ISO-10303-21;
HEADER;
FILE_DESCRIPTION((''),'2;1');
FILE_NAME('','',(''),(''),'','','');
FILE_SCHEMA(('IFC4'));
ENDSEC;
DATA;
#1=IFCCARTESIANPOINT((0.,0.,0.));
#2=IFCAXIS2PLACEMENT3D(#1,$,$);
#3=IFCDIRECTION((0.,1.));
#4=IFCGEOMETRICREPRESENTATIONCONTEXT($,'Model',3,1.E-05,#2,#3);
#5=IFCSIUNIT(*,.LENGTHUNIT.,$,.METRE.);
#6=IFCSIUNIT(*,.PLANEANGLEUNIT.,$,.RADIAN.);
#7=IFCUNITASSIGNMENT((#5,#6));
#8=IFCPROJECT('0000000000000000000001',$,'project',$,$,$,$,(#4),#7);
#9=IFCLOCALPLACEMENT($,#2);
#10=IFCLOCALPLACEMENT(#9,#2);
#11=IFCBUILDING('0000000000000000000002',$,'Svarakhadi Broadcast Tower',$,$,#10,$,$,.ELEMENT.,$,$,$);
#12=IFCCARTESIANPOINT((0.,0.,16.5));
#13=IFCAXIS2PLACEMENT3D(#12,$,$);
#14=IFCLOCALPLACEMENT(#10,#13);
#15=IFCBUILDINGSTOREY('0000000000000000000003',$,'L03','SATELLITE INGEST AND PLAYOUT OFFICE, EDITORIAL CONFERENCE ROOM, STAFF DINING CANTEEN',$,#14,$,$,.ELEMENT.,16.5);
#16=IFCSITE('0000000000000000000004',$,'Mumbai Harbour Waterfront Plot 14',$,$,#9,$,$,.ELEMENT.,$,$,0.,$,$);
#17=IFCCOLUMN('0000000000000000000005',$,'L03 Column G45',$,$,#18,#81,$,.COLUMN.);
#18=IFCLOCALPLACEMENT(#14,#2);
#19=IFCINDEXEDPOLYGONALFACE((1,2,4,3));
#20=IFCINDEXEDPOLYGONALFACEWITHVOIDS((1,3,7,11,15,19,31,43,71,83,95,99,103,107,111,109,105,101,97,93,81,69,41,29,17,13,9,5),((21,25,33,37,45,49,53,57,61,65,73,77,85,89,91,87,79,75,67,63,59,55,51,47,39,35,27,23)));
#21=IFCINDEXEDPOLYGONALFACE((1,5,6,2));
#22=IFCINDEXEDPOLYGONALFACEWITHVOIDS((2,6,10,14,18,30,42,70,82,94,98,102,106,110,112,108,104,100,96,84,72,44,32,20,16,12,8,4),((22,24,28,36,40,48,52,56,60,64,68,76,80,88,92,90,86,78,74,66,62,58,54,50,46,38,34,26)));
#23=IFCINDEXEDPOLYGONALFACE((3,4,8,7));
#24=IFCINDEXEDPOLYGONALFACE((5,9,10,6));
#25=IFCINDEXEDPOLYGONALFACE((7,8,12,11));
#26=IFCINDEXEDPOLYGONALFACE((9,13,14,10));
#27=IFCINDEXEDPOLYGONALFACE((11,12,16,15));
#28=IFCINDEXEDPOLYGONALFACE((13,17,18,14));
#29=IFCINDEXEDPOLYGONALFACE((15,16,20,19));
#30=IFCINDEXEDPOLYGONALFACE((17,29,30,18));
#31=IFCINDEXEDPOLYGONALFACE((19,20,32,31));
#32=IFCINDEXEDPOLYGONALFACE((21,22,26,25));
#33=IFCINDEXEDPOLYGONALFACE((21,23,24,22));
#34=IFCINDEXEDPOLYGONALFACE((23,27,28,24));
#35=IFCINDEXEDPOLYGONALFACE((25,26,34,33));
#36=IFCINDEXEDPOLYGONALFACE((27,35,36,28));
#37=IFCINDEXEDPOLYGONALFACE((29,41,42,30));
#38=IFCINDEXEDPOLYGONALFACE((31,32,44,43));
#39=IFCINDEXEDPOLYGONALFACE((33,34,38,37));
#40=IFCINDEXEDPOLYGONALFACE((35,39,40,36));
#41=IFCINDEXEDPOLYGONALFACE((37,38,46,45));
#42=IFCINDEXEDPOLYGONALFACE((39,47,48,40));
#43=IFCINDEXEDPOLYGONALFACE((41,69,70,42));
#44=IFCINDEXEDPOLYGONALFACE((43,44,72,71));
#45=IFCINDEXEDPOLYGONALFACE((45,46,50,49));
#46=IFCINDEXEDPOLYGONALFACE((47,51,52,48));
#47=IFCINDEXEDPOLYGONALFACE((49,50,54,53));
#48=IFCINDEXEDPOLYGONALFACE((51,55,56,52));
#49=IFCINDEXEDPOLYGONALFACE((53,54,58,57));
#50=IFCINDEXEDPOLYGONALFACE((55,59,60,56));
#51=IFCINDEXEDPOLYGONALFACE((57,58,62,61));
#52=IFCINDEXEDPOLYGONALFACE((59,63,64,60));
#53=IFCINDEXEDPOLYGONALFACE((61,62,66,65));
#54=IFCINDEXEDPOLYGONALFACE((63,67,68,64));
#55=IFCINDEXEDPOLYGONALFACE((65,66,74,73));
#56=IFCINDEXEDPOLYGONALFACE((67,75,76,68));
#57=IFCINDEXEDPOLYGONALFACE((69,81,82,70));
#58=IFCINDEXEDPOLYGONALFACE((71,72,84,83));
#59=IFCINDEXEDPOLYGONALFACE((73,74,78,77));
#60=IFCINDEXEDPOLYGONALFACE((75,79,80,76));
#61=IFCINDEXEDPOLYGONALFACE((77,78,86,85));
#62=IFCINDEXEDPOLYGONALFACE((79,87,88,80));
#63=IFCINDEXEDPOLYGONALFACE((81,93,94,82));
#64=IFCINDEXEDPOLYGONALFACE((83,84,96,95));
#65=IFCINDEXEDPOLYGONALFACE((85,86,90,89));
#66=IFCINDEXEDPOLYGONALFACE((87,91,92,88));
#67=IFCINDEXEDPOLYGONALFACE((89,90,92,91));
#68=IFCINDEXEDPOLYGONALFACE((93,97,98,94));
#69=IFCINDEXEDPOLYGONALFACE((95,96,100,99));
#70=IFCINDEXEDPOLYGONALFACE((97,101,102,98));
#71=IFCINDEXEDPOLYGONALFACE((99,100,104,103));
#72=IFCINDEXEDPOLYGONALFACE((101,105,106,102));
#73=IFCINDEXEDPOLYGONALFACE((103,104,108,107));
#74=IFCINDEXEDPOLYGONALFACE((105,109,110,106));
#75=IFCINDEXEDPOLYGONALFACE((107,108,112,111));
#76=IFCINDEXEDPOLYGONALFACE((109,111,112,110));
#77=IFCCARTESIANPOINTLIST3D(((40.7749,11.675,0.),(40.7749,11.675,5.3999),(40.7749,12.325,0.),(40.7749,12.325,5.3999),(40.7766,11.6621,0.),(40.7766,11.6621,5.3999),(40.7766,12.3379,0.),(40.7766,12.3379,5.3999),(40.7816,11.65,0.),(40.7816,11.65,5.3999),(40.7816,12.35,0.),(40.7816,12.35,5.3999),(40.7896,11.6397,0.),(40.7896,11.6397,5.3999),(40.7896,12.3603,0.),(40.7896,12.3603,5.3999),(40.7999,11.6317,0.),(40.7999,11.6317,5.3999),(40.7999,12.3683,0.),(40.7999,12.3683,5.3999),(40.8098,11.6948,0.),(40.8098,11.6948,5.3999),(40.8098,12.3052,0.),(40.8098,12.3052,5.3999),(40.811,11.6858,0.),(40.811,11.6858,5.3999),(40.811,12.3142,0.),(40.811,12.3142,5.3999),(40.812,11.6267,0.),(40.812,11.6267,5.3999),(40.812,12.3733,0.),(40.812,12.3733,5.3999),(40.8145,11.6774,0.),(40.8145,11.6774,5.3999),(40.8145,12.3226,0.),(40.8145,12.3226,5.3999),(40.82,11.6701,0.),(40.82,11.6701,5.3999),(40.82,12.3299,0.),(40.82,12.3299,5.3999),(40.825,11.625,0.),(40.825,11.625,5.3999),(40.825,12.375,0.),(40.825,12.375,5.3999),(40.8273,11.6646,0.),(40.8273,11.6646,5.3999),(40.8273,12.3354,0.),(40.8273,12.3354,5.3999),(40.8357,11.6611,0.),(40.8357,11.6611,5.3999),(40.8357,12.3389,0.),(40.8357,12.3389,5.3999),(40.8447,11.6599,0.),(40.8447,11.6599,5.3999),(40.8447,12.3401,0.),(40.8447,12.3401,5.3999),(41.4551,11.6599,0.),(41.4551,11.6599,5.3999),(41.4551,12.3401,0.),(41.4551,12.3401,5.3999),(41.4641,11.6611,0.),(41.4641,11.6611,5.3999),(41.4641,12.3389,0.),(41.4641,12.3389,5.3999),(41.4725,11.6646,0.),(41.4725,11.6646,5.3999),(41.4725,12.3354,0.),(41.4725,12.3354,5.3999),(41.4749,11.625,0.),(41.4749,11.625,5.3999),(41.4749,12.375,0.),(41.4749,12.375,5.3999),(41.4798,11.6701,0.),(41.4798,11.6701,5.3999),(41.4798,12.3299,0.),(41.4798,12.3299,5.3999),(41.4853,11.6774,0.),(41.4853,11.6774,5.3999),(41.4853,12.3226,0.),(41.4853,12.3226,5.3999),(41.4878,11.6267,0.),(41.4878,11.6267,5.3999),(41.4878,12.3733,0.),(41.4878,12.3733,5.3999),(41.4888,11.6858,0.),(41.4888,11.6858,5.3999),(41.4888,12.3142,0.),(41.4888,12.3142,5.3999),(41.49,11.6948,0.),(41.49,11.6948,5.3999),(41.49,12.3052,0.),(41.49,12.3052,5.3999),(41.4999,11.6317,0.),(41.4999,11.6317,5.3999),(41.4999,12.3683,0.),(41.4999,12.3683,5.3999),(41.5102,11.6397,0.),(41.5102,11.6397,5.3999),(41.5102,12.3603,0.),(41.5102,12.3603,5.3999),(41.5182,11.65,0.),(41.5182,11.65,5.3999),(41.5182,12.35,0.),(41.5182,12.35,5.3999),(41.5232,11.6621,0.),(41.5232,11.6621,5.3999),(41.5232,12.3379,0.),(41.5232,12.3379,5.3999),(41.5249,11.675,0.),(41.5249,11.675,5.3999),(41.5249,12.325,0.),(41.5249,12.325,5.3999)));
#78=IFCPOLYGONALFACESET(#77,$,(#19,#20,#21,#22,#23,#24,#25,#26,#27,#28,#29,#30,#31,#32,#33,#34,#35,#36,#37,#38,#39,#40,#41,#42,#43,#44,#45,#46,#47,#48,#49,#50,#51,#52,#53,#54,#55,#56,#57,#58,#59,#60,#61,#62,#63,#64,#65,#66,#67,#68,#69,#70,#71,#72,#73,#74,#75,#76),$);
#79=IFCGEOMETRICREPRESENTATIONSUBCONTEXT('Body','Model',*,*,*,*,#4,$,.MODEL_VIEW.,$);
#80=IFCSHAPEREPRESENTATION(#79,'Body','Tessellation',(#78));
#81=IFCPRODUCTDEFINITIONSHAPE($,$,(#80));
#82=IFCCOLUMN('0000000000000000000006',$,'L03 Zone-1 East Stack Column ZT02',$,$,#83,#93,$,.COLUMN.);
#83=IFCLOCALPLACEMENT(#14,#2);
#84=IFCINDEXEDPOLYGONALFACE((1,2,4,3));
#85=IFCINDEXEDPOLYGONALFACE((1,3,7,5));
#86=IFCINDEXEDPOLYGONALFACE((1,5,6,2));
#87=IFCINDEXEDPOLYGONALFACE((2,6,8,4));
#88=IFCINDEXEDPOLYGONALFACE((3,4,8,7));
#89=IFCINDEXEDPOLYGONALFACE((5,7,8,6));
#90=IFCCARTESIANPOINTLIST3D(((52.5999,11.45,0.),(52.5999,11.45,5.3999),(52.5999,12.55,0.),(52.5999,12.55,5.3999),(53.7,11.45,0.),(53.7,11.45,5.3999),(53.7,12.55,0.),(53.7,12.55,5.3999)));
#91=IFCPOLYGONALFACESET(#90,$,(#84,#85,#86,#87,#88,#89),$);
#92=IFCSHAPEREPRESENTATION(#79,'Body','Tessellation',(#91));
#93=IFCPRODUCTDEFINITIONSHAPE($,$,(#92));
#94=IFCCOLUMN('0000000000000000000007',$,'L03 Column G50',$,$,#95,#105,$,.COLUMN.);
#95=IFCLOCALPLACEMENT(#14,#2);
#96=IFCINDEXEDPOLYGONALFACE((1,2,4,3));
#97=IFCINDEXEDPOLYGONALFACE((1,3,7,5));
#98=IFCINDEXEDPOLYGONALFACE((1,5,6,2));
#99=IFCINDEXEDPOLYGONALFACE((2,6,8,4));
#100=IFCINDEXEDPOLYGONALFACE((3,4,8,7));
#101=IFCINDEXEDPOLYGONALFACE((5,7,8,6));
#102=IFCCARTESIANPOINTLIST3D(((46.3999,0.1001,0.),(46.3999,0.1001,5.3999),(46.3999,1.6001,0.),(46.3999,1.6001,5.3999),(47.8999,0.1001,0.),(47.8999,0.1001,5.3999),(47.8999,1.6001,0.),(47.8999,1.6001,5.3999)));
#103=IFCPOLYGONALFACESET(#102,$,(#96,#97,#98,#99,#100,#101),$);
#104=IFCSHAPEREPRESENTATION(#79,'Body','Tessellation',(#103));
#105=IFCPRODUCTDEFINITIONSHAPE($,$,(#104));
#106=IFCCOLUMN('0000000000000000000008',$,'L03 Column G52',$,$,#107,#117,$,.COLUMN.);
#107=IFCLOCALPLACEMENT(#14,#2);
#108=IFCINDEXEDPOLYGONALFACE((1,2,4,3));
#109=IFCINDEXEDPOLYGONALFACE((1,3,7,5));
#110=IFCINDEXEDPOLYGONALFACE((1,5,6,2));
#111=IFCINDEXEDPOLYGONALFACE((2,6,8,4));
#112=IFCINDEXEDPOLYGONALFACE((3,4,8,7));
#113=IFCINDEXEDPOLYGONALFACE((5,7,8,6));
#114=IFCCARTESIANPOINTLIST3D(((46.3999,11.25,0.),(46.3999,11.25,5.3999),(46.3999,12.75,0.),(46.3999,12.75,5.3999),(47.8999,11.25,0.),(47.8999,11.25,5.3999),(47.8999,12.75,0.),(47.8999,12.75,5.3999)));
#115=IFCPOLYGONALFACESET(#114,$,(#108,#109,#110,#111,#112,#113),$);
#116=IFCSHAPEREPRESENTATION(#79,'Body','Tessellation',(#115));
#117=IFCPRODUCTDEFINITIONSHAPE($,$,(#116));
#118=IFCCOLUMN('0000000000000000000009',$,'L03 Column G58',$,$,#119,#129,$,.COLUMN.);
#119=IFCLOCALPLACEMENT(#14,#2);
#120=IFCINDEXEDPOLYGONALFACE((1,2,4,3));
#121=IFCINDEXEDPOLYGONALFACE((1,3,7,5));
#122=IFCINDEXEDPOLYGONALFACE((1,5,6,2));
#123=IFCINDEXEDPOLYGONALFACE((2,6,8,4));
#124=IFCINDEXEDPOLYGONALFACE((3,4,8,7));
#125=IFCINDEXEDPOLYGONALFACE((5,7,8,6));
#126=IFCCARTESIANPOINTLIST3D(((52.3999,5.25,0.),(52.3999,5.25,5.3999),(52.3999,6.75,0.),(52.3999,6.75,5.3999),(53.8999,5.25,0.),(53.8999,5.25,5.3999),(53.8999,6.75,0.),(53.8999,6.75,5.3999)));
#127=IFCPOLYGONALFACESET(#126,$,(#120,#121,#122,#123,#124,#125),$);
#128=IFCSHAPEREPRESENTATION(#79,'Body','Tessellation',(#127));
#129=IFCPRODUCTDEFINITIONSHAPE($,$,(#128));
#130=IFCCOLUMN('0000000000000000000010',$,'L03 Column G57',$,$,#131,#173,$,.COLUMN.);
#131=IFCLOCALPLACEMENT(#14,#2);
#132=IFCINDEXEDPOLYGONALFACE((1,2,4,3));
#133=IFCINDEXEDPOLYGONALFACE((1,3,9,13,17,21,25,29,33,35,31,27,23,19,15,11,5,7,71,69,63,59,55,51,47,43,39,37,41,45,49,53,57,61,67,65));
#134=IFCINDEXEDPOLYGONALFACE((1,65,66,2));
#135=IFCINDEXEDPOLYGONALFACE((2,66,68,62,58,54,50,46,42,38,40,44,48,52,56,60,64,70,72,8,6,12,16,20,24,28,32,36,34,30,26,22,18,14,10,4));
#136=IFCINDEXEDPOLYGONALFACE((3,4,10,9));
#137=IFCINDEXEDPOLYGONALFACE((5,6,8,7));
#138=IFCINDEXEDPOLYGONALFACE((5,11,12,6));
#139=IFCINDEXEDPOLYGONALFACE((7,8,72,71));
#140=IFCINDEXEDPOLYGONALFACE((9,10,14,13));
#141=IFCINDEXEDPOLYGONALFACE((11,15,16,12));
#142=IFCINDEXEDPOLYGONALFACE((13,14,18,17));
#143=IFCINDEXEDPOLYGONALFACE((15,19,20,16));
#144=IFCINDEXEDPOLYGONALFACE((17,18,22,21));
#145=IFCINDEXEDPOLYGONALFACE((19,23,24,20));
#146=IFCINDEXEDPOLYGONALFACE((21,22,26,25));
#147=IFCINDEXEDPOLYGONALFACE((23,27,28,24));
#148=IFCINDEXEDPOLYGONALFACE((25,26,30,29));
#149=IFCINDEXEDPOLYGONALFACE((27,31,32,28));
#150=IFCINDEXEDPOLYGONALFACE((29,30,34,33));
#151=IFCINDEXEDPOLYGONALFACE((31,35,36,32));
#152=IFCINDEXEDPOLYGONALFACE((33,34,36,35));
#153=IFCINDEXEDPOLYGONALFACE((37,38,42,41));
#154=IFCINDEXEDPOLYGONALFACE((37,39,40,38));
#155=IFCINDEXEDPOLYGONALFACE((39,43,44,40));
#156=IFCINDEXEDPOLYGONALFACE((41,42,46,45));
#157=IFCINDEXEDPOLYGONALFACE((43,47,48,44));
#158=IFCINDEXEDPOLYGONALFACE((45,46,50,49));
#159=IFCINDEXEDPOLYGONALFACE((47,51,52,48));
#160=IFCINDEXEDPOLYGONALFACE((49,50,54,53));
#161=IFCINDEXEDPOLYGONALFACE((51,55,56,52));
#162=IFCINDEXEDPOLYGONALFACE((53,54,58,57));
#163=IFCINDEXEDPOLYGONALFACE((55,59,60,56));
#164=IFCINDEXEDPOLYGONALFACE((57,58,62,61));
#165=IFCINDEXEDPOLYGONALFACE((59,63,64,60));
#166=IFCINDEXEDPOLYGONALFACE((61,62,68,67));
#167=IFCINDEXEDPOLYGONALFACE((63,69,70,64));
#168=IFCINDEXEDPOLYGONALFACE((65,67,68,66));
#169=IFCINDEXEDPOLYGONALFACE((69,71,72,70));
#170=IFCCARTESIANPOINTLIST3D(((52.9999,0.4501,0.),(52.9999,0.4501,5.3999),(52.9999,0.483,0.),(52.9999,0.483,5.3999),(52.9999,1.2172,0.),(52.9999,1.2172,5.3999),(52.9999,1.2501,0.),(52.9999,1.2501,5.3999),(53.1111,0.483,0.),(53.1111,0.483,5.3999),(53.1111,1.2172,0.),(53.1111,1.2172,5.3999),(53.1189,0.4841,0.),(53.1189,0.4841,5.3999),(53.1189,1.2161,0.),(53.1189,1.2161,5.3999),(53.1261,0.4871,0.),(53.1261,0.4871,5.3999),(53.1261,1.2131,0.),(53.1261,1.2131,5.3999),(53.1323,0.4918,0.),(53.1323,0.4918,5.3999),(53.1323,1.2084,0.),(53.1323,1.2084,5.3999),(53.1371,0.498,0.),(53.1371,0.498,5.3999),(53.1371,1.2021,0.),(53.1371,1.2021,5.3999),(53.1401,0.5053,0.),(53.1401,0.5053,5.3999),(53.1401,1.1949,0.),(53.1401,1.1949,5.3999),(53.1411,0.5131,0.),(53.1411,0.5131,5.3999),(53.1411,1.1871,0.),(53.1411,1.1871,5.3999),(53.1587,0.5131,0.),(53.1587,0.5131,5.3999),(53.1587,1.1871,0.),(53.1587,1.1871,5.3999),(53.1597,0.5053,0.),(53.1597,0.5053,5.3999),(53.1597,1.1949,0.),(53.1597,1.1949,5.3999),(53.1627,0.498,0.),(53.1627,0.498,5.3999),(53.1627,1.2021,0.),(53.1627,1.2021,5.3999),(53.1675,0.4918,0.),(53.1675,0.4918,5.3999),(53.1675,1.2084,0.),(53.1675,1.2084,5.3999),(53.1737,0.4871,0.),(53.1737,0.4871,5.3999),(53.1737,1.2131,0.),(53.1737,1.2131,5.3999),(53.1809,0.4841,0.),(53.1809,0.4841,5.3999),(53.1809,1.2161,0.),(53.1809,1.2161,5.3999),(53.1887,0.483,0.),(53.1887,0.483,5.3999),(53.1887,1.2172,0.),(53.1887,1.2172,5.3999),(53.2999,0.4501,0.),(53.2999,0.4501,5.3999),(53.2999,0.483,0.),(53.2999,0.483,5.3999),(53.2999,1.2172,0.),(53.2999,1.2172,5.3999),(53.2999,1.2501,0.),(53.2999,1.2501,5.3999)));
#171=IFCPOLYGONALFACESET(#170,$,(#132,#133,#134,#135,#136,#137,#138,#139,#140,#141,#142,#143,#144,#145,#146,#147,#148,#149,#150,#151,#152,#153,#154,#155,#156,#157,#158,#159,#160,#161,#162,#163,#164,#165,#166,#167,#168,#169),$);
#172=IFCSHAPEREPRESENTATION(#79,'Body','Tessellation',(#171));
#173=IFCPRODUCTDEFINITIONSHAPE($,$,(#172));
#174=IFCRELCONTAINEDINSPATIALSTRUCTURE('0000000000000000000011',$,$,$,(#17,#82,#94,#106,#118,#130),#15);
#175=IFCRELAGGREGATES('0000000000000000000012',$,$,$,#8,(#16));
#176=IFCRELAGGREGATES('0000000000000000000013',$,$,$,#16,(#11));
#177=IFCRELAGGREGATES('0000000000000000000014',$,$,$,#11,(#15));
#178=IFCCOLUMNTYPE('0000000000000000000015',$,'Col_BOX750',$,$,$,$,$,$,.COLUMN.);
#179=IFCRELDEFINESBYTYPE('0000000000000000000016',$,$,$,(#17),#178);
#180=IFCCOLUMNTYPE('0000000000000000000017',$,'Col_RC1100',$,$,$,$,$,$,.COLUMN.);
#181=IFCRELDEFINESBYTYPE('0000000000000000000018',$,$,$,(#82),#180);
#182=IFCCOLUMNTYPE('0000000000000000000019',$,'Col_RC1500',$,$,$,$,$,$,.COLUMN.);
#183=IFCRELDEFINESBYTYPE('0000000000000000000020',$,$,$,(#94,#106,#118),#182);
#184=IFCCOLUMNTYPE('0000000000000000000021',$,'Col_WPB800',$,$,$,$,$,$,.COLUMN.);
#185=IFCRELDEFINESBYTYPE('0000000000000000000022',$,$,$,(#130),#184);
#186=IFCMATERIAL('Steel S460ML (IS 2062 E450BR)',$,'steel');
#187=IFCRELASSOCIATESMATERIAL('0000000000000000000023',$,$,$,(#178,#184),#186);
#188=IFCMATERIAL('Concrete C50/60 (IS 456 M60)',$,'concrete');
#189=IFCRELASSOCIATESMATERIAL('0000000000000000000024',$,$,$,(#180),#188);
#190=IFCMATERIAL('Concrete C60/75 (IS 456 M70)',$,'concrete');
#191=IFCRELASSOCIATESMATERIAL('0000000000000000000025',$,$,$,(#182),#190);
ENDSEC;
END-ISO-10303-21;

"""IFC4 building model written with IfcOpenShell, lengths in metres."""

from ifc_helpers import new_model, si_unit, direction, frame, origin, origin_2d, place, context, subcontext, project, spatial, rectangle, hollow_rectangle, i_section, extrude, material, material_profile, profile_set, type_object, element, save


model = new_model("IFC4")

# Units and contexts
model_context = context("Model", 3, precision=1e-05, world=origin(), true_north=direction((0.0, 1.0)))
body_context = subcontext(model_context, "Body", "Model", "MODEL_VIEW")
ifc_project = project(units=[si_unit("LENGTHUNIT", "METRE"), si_unit("PLANEANGLEUNIT", "RADIAN")], contexts=[model_context])

# Site, building, storey
site_placement = place(None, origin())
site = spatial("IfcSite", under=ifc_project, at=site_placement, Name="Mumbai Harbour Waterfront Plot 14", CompositionType="ELEMENT", RefElevation=0.0)
building_placement = place(site_placement, origin())
building = spatial("IfcBuilding", under=site, at=building_placement, Name="Svarakhadi Broadcast Tower", CompositionType="ELEMENT")
storey_placement = place(building_placement, frame((0.0, 0.0, 16.5)))
storey = spatial("IfcBuildingStorey", under=building, at=storey_placement, Name="L03", Description="SATELLITE INGEST AND PLAYOUT OFFICE, EDITORIAL CONFERENCE ROOM, STAFF DINING CANTEEN", CompositionType="ELEMENT", Elevation=16.5)

# Columns
ifc_material_1 = material(Name="Steel S460ML (IS 2062 E450BR)", Category="steel")
ifc_material_profile_1 = material_profile(ifc_material_1, hollow_rectangle(XDim=0.75, YDim=0.75, WallThickness=0.0349, InnerFilletRadius=0.0349, OuterFilletRadius=0.05, at=origin_2d()), Name="BOX 750x750x35")
ifc_profile_set_1 = profile_set([ifc_material_profile_1], Name="Steel S460ML (IS 2062 E450BR)")
column_type_1 = type_object("IfcColumnType", Name="Col_BOX750", PredefinedType="COLUMN", material=ifc_profile_set_1)
column_1_placement = place(storey_placement, frame((41.1499, 12.0, 0.0), z_axis=(0.0, 0.0, 1.0), x_axis=(1.0, 0.0, 0.0)))
element("IfcColumn", 1, at=column_1_placement, inside=storey, type_object=column_type_1, Name="L03 Column G45", PredefinedType="COLUMN", context=body_context, shape_type="SweptSolid", body=[
    extrude(hollow_rectangle(XDim=0.75, YDim=0.75, WallThickness=0.0349, InnerFilletRadius=0.0349, OuterFilletRadius=0.05, at=origin_2d()), origin(), (0.0, 0.0, 1.0), 5.3999),
])
ifc_material_2 = material(Name="Concrete C50/60 (IS 456 M60)", Category="concrete")
ifc_material_profile_2 = material_profile(ifc_material_2, rectangle(XDim=1.1001, YDim=1.1001, at=origin_2d()), Name="RC 1100x1100")
ifc_profile_set_2 = profile_set([ifc_material_profile_2], Name="Concrete C50/60 (IS 456 M60)")
column_type_2 = type_object("IfcColumnType", Name="Col_RC1100", PredefinedType="COLUMN", material=ifc_profile_set_2)
column_2_placement = place(storey_placement, frame((53.1499, 12.0, 0.0), z_axis=(0.0, 0.0, 1.0), x_axis=(1.0, 0.0, 0.0)))
element("IfcColumn", 2, at=column_2_placement, inside=storey, type_object=column_type_2, Name="L03 Zone-1 East Stack Column ZT02", PredefinedType="COLUMN", context=body_context, shape_type="SweptSolid", body=[
    extrude(rectangle(XDim=1.1001, YDim=1.1001, at=origin_2d()), origin(), (0.0, 0.0, 1.0), 5.3999),
])
ifc_material_3 = material(Name="Concrete C60/75 (IS 456 M70)", Category="concrete")
ifc_material_profile_3 = material_profile(ifc_material_3, rectangle(XDim=1.5, YDim=1.5, at=origin_2d()), Name="RC 1500x1500")
ifc_profile_set_3 = profile_set([ifc_material_profile_3], Name="Concrete C60/75 (IS 456 M70)")
column_type_3 = type_object("IfcColumnType", Name="Col_RC1500", PredefinedType="COLUMN", material=ifc_profile_set_3)
for number, where, z_axis, x_axis, name in (
    (3, (47.1499, 0.8501, 0.0), (0.0, 0.0, 1.0), (1.0, 0.0, 0.0), "L03 Column G50"),
    (4, (47.1499, 12.0, 0.0), (0.0, 0.0, 1.0), (1.0, 0.0, 0.0), "L03 Column G52"),
    (5, (53.1499, 6.0, 0.0), (0.0, 0.0, 1.0), (1.0, 0.0, 0.0), "L03 Column G58"),
):
    element("IfcColumn", number, at=place(storey_placement, frame(where, z_axis=z_axis, x_axis=x_axis)), inside=storey, type_object=column_type_3, Name=name, PredefinedType="COLUMN", context=body_context, shape_type="SweptSolid", body=[
        extrude(rectangle(XDim=1.5, YDim=1.5, at=origin_2d()), origin(), (0.0, 0.0, 1.0), 5.3999),
    ])
ifc_material_profile_4 = material_profile(ifc_material_1, i_section(OverallWidth=0.3, OverallDepth=0.8, WebThickness=0.0176, FlangeThickness=0.033, FilletRadius=0.03, at=origin_2d()), Name="WPB 800x300x262")
ifc_profile_set_4 = profile_set([ifc_material_profile_4], Name="Steel S460ML (IS 2062 E450BR)")
column_type_4 = type_object("IfcColumnType", Name="Col_WPB800", PredefinedType="COLUMN", material=ifc_profile_set_4)
column_3_placement = place(storey_placement, frame((53.1499, 0.8501, 0.0), z_axis=(0.0, 0.0, 1.0), x_axis=(1.0, 0.0, 0.0)))
element("IfcColumn", 6, at=column_3_placement, inside=storey, type_object=column_type_4, Name="L03 Column G57", PredefinedType="COLUMN", context=body_context, shape_type="SweptSolid", body=[
    extrude(i_section(OverallWidth=0.3, OverallDepth=0.8, WebThickness=0.0176, FlangeThickness=0.033, FilletRadius=0.03, at=origin_2d()), origin(), (0.0, 0.0, 1.0), 5.3999),
])

save(model, "model.ifc")
